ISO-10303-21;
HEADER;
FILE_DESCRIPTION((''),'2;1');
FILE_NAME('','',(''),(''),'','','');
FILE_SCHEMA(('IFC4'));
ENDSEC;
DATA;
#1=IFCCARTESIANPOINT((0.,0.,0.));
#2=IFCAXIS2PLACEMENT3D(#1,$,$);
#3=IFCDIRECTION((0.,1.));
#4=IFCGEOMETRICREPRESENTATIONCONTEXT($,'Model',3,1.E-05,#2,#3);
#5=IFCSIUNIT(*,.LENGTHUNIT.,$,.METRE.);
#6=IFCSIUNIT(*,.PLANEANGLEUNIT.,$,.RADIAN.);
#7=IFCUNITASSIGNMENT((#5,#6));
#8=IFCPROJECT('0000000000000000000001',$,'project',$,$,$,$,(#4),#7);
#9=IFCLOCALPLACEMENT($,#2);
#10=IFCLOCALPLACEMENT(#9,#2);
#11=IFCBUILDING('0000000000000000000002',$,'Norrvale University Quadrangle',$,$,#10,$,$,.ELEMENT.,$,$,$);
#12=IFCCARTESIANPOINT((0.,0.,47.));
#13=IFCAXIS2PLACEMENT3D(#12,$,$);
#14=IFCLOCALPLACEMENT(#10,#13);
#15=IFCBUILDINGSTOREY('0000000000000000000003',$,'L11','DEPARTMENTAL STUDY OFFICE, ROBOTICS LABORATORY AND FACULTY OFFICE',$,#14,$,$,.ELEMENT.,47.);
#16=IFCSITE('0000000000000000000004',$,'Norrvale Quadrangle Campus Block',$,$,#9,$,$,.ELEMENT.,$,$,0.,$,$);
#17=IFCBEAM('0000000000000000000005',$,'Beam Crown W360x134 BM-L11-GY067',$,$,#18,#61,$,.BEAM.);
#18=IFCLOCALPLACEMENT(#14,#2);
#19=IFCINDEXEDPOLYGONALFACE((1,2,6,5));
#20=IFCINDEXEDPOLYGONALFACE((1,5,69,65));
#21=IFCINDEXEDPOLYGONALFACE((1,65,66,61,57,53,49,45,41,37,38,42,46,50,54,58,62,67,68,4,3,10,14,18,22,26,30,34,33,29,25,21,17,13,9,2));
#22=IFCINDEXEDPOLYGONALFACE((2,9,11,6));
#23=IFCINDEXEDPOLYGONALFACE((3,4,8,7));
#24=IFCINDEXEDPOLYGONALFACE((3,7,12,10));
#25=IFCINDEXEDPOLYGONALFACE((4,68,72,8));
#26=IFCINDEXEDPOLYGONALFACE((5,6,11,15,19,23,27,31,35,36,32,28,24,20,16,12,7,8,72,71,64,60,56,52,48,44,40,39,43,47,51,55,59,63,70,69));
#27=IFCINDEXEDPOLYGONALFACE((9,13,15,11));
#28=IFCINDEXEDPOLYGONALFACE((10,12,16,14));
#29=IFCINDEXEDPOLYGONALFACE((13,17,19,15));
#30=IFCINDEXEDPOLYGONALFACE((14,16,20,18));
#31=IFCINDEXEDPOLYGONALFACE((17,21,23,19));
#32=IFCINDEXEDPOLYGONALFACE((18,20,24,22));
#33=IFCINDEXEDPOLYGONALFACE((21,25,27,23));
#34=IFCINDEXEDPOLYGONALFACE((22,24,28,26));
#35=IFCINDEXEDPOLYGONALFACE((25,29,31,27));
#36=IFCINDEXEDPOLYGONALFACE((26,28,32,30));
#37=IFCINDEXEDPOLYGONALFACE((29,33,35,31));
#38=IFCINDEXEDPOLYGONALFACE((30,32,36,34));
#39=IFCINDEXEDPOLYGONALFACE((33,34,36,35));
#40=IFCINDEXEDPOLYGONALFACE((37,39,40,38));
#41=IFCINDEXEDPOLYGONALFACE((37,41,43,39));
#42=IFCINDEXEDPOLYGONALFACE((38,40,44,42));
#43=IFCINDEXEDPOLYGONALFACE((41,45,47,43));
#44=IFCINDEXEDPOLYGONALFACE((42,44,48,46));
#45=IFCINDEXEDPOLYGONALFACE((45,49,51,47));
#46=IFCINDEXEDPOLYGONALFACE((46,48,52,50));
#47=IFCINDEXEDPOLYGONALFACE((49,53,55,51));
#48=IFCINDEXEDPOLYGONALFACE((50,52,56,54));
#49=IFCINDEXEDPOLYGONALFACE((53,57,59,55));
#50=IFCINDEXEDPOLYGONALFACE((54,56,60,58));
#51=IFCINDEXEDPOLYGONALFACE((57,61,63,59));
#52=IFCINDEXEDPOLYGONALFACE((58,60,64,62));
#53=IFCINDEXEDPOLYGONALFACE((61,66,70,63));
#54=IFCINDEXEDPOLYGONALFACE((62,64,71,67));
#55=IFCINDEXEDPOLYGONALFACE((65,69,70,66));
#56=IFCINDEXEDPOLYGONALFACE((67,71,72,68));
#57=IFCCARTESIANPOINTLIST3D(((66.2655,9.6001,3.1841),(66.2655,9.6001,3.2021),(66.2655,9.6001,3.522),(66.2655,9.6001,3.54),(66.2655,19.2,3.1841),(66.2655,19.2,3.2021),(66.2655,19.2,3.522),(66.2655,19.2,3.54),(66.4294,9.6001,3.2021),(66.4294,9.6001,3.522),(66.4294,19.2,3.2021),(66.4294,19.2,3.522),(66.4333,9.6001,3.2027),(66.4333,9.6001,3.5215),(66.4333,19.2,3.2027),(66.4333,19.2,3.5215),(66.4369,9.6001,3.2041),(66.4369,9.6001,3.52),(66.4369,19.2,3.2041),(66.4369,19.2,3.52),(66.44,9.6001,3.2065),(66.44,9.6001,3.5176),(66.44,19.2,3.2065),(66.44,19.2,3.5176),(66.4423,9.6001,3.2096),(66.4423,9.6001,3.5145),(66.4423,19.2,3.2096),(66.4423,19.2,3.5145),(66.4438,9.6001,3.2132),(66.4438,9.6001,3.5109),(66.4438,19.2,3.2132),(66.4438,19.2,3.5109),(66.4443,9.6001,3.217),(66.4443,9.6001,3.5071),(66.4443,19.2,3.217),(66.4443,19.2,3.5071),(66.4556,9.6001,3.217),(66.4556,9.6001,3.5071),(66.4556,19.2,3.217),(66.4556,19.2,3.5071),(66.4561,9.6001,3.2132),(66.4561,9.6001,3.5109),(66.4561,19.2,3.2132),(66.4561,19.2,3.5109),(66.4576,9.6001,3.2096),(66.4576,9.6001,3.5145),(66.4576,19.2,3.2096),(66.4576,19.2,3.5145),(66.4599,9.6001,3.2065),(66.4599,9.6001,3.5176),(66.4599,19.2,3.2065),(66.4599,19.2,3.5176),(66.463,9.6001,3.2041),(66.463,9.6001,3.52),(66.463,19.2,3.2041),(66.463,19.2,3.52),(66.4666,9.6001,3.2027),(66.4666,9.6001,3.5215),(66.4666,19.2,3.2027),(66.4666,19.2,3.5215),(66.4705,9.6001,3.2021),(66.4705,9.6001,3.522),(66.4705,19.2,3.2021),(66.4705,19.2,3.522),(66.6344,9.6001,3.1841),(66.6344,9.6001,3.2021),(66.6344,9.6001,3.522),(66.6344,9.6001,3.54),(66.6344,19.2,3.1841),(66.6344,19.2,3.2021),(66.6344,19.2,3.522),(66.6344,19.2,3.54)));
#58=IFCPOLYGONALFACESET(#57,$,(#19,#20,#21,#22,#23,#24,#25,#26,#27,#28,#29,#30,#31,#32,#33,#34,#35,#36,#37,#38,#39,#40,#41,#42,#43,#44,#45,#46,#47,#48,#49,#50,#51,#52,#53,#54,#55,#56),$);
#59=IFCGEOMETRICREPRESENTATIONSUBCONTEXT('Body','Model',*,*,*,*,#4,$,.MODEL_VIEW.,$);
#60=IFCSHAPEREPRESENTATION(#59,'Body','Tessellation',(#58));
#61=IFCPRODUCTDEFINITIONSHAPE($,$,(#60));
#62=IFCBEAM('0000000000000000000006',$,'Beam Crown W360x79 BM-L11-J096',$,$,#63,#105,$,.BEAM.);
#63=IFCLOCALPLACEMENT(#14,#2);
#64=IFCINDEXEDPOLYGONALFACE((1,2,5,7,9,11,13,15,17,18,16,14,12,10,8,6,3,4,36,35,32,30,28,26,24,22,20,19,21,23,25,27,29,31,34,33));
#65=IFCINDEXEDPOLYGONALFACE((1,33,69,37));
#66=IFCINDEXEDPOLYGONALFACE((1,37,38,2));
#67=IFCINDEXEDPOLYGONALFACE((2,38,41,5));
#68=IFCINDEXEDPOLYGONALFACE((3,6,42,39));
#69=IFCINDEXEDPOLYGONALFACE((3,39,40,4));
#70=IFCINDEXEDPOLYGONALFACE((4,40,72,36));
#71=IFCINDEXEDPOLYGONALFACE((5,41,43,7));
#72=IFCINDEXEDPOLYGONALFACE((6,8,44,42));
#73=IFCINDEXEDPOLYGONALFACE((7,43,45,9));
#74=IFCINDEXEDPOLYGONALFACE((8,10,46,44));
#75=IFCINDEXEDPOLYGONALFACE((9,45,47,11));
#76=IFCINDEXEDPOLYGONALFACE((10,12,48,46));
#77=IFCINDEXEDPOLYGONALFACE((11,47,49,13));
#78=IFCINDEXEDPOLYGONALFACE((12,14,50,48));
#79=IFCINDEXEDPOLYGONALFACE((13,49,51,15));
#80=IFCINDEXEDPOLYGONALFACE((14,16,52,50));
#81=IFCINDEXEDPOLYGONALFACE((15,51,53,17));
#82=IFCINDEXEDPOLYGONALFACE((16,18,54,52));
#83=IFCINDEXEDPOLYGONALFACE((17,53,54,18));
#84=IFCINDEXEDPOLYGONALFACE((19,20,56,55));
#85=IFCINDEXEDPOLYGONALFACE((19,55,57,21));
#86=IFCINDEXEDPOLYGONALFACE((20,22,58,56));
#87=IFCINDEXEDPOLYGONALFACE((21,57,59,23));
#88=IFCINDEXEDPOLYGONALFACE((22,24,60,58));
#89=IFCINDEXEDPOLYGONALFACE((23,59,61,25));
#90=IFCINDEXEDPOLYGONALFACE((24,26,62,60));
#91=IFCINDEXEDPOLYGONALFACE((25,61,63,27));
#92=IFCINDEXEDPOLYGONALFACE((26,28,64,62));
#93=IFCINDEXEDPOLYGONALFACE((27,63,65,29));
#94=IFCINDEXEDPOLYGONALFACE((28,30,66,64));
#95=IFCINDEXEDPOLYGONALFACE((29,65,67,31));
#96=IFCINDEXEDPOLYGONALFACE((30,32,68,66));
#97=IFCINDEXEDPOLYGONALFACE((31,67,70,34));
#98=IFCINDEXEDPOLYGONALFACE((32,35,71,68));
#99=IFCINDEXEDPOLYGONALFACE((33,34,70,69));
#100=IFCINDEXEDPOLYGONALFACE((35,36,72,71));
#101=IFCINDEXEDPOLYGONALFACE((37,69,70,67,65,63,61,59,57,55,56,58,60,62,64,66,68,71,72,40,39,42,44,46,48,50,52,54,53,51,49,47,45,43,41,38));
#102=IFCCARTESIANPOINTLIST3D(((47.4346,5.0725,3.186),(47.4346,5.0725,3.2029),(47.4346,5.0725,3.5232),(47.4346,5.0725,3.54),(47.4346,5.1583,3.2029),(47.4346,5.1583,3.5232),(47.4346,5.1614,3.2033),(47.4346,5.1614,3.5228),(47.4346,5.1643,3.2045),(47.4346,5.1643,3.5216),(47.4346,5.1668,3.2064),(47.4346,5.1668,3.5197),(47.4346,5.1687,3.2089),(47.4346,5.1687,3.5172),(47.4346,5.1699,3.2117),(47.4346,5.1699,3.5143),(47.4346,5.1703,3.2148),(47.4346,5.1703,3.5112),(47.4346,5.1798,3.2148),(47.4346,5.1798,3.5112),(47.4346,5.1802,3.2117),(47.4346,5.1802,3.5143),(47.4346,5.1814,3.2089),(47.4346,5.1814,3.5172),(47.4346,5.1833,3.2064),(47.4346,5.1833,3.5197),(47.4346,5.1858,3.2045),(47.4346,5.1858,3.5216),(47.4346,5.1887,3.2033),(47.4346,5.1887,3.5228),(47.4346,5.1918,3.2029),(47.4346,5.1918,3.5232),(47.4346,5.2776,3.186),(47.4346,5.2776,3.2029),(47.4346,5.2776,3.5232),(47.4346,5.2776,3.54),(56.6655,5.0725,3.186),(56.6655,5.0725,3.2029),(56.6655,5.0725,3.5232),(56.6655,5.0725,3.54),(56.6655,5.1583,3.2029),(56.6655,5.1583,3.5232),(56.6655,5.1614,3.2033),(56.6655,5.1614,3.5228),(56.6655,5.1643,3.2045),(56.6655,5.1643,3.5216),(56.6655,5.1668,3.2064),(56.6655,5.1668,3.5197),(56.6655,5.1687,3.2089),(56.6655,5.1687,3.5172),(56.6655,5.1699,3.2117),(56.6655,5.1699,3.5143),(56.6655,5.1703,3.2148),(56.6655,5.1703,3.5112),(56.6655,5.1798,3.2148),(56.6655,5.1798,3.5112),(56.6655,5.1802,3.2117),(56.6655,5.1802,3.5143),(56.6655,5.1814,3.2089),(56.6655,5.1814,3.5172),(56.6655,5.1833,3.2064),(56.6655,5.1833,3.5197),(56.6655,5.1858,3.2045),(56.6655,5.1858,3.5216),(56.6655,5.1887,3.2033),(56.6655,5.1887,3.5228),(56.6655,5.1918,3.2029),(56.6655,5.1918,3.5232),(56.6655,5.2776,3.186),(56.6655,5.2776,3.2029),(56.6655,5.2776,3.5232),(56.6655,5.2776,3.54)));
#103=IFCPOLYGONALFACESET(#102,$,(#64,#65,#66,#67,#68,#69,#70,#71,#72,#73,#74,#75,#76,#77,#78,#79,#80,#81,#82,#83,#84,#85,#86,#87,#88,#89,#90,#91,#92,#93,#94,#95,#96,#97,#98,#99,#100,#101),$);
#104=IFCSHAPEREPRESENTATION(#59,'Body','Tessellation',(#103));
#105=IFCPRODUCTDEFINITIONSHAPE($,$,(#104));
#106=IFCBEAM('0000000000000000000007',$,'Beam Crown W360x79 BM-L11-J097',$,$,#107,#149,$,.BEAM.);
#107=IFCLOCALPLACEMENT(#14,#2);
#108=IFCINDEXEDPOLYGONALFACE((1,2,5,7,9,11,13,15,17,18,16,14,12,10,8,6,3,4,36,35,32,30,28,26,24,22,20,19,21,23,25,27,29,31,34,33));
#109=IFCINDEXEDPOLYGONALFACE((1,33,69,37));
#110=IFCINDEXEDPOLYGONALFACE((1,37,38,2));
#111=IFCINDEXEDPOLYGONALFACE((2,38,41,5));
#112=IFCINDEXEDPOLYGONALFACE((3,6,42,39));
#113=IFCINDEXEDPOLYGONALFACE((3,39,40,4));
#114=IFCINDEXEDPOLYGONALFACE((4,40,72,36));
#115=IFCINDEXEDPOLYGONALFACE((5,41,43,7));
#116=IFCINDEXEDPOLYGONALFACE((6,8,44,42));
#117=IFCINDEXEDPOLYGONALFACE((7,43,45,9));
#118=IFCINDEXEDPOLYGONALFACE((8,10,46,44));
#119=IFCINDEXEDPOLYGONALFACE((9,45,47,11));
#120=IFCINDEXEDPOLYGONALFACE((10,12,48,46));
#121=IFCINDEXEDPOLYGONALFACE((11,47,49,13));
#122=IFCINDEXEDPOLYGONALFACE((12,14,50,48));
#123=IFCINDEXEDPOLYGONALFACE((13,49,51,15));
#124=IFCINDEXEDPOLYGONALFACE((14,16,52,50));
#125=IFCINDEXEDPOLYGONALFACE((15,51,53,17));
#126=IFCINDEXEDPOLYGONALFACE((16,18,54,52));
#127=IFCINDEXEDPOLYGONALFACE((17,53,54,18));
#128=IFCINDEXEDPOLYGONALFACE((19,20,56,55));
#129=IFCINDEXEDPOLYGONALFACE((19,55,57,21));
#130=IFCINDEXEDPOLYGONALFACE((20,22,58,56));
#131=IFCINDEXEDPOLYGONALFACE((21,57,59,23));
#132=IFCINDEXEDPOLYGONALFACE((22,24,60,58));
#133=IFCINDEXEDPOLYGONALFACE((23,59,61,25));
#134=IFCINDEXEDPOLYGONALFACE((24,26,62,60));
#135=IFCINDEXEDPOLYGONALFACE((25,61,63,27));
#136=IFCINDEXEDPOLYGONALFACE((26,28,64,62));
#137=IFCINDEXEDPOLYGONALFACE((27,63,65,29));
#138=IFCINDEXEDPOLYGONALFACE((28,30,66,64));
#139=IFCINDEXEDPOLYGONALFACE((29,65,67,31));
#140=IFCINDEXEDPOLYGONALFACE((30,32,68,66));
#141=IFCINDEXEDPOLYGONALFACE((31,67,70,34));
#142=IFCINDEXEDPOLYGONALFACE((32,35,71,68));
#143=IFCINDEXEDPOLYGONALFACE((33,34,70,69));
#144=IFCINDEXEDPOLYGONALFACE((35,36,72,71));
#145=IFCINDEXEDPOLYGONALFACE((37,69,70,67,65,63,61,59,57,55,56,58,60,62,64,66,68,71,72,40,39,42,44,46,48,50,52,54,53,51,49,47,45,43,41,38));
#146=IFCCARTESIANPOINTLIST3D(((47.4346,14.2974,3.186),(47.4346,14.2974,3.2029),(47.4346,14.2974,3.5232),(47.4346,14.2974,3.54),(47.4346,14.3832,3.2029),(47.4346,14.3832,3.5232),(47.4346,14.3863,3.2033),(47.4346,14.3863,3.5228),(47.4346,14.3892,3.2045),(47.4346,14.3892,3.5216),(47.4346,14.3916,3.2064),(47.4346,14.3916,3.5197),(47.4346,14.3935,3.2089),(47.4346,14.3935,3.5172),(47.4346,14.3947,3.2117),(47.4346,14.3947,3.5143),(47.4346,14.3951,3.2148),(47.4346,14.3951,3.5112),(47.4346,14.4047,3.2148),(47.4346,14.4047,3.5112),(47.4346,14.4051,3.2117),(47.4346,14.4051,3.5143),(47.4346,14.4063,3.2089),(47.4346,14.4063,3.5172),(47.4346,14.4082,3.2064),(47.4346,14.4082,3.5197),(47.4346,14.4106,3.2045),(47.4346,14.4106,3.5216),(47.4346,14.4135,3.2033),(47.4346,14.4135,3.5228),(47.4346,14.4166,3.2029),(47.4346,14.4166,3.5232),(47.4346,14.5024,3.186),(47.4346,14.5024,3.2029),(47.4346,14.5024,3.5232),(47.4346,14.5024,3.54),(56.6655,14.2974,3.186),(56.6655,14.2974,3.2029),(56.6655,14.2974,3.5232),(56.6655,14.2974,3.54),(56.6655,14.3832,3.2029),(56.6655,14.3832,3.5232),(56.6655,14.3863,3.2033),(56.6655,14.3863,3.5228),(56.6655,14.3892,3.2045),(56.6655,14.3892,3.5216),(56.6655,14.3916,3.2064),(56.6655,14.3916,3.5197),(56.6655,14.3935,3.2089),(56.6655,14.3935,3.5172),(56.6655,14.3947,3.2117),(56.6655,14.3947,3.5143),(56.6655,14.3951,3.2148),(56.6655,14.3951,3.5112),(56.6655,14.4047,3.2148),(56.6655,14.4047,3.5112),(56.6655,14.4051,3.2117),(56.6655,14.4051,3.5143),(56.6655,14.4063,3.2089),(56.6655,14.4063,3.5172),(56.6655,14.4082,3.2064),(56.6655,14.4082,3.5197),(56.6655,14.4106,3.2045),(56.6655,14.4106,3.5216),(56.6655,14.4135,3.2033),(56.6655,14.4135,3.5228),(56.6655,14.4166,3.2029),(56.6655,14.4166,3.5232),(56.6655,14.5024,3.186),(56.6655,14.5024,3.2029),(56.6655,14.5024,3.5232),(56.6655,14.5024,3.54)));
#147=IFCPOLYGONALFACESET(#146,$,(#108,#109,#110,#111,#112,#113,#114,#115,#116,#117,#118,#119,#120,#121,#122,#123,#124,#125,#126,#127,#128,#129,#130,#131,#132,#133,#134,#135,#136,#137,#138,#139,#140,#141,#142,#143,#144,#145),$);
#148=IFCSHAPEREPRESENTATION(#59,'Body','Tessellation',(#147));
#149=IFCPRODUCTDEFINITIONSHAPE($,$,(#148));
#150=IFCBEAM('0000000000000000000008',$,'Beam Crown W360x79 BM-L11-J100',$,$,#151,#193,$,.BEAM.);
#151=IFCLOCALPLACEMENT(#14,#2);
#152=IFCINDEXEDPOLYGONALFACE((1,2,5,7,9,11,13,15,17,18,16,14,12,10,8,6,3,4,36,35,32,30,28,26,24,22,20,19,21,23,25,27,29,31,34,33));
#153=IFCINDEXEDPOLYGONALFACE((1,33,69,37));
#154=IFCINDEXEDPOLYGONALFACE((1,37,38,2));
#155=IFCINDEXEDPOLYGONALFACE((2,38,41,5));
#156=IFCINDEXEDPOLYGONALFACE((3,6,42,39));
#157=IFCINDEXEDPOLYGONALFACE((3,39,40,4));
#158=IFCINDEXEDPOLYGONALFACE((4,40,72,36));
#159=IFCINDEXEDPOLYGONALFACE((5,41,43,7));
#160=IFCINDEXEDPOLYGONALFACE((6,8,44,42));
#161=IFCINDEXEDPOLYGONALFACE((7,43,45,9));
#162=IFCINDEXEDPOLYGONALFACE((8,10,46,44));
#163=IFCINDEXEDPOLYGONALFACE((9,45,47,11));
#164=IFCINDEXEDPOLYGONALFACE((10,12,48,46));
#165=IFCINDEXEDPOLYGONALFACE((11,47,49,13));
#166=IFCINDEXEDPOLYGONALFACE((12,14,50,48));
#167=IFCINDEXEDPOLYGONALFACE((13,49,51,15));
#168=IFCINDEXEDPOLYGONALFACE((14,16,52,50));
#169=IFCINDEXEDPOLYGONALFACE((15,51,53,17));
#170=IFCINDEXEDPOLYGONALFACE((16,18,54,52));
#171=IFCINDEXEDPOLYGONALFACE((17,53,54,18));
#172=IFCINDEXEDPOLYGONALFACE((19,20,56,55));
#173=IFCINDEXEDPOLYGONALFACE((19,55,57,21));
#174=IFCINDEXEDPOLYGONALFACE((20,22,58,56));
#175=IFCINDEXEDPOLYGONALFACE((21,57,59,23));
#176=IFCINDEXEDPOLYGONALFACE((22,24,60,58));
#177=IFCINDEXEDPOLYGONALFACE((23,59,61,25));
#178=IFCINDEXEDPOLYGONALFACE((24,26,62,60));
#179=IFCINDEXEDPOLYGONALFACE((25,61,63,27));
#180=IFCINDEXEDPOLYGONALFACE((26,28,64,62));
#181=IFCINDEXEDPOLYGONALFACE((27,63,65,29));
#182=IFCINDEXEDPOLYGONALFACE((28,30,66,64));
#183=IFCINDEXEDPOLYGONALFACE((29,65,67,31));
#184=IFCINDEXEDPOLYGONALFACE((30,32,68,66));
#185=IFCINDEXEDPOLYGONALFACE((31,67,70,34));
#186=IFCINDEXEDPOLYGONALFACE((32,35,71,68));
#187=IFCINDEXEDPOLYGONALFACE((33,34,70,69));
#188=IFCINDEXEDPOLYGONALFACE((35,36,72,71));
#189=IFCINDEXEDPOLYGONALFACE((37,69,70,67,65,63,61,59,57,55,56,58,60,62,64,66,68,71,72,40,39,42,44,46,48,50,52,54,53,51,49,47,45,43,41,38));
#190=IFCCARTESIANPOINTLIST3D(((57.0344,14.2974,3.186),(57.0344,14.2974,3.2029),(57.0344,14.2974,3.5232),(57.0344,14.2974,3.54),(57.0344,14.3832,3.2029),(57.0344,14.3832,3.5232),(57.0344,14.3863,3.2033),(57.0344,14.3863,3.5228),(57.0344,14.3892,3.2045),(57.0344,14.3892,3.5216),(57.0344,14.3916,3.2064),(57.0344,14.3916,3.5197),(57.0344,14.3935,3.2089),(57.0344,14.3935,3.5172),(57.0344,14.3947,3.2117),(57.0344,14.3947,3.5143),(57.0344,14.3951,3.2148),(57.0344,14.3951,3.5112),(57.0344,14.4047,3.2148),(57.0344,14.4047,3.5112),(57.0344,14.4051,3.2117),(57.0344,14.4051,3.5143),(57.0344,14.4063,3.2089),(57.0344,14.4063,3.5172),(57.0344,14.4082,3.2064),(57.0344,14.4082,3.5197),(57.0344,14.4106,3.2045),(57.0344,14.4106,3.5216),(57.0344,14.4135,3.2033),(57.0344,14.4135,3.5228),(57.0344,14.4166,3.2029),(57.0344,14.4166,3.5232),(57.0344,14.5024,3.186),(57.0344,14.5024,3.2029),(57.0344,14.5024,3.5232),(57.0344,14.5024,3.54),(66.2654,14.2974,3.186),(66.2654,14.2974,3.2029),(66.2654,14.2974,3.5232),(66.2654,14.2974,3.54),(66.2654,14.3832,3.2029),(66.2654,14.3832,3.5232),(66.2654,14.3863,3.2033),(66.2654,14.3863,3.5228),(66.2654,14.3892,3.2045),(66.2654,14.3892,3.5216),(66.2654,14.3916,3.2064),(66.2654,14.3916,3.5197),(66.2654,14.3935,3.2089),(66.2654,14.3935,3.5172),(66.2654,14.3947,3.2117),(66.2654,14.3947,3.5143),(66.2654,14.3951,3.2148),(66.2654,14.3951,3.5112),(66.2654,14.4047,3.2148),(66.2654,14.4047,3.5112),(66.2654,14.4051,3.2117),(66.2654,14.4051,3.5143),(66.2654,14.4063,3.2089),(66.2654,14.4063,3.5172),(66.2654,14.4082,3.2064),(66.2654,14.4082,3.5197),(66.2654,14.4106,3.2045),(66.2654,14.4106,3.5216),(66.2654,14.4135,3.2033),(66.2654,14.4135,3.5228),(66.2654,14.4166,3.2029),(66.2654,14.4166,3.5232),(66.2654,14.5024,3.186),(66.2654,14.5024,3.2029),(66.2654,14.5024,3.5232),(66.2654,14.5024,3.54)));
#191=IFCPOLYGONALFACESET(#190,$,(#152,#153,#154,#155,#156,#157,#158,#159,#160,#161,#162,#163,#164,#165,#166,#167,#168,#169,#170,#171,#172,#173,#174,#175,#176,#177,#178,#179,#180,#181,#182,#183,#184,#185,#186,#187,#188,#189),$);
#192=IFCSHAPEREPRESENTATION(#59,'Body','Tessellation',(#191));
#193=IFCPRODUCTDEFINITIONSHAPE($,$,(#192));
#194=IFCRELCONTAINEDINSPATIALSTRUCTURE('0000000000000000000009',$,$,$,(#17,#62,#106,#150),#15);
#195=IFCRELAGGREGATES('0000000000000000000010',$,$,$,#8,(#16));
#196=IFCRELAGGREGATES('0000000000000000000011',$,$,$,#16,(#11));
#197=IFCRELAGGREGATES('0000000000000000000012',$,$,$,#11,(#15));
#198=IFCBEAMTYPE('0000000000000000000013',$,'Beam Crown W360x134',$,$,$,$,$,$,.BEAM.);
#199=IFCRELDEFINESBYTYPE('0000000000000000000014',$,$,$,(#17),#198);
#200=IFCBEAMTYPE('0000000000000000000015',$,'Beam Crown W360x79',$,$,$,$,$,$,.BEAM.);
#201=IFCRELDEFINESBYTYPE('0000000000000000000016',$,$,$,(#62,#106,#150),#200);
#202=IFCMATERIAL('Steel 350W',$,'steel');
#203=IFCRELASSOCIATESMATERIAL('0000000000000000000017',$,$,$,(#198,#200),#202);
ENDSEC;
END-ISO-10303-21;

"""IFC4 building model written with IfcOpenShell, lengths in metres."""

from ifc_helpers import new_model, si_unit, direction, frame, origin, origin_2d, place, context, subcontext, project, spatial, i_section, extrude, material, material_profile, profile_set, type_object, element, save


model = new_model("IFC4")

# Units and contexts
model_context = context("Model", 3, precision=1e-05, world=origin(), true_north=direction((0.0, 1.0)))
body_context = subcontext(model_context, "Body", "Model", "MODEL_VIEW")
ifc_project = project(units=[si_unit("LENGTHUNIT", "METRE"), si_unit("PLANEANGLEUNIT", "RADIAN")], contexts=[model_context])

# Site, building, storey
site_placement = place(None, origin())
site = spatial("IfcSite", under=ifc_project, at=site_placement, Name="Norrvale Quadrangle Campus Block", CompositionType="ELEMENT", RefElevation=0.0)
building_placement = place(site_placement, origin())
building = spatial("IfcBuilding", under=site, at=building_placement, Name="Norrvale University Quadrangle", CompositionType="ELEMENT")
storey_placement = place(building_placement, frame((0.0, 0.0, 47.0)))
storey = spatial("IfcBuildingStorey", under=building, at=storey_placement, Name="L11", Description="DEPARTMENTAL STUDY OFFICE, ROBOTICS LABORATORY AND FACULTY OFFICE", CompositionType="ELEMENT", Elevation=47.0)

# Beams
ifc_material_1 = material(Name="Steel 350W", Category="steel")
ifc_material_profile_1 = material_profile(ifc_material_1, i_section(OverallWidth=0.3689, OverallDepth=0.356, WebThickness=0.0112, FlangeThickness=0.0181, FilletRadius=0.0149, at=origin_2d()), Name="Steel 350W")
ifc_profile_set_1 = profile_set([ifc_material_profile_1], Name="Steel 350W")
beam_type_1 = type_object("IfcBeamType", Name="Beam Crown W360x134", PredefinedType="BEAM", material=ifc_profile_set_1)
for number, where, z_axis, x_axis, name in (
    (1, (66.45, 9.6001, 3.3621), (0.0, 1.0, 0.0), (-1.0, 0.0, 0.0), "Beam Crown W360x134 BM-L11-GY067"),
):
    element("IfcBeam", number, at=place(storey_placement, frame(where, z_axis=z_axis, x_axis=x_axis)), inside=storey, type_object=beam_type_1, Name=name, PredefinedType="BEAM", context=body_context, shape_type="SweptSolid", body=[
        extrude(i_section(OverallWidth=0.3689, OverallDepth=0.356, WebThickness=0.0112, FlangeThickness=0.0181, FilletRadius=0.0149, at=origin_2d()), origin(), (0.0, 0.0, 1.0), 9.5999),
    ])
ifc_material_profile_2 = material_profile(ifc_material_1, i_section(OverallWidth=0.2051, OverallDepth=0.354, WebThickness=0.0095, FlangeThickness=0.0168, FilletRadius=0.012, at=origin_2d()), Name="Steel 350W")
ifc_profile_set_2 = profile_set([ifc_material_profile_2], Name="Steel 350W")
beam_type_2 = type_object("IfcBeamType", Name="Beam Crown W360x79", PredefinedType="BEAM", material=ifc_profile_set_2)
for number, where, z_axis, x_axis, name in (
    (2, (47.4346, 5.175, 3.363), (1.0, 0.0, 0.0), (0.0, 1.0, 0.0), "Beam Crown W360x79 BM-L11-J096"),
    (3, (47.4346, 14.3999, 3.363), (1.0, 0.0, 0.0), (0.0, 1.0, 0.0), "Beam Crown W360x79 BM-L11-J097"),
    (4, (57.0344, 14.3999, 3.363), (1.0, 0.0, 0.0), (0.0, 1.0, 0.0), "Beam Crown W360x79 BM-L11-J100"),
):
    element("IfcBeam", number, at=place(storey_placement, frame(where, z_axis=z_axis, x_axis=x_axis)), inside=storey, type_object=beam_type_2, Name=name, PredefinedType="BEAM", context=body_context, shape_type="SweptSolid", body=[
        extrude(i_section(OverallWidth=0.2051, OverallDepth=0.354, WebThickness=0.0095, FlangeThickness=0.0168, FilletRadius=0.012, at=origin_2d()), origin(), (0.0, 0.0, 1.0), 9.231),
    ])

save(model, "model.ifc")
